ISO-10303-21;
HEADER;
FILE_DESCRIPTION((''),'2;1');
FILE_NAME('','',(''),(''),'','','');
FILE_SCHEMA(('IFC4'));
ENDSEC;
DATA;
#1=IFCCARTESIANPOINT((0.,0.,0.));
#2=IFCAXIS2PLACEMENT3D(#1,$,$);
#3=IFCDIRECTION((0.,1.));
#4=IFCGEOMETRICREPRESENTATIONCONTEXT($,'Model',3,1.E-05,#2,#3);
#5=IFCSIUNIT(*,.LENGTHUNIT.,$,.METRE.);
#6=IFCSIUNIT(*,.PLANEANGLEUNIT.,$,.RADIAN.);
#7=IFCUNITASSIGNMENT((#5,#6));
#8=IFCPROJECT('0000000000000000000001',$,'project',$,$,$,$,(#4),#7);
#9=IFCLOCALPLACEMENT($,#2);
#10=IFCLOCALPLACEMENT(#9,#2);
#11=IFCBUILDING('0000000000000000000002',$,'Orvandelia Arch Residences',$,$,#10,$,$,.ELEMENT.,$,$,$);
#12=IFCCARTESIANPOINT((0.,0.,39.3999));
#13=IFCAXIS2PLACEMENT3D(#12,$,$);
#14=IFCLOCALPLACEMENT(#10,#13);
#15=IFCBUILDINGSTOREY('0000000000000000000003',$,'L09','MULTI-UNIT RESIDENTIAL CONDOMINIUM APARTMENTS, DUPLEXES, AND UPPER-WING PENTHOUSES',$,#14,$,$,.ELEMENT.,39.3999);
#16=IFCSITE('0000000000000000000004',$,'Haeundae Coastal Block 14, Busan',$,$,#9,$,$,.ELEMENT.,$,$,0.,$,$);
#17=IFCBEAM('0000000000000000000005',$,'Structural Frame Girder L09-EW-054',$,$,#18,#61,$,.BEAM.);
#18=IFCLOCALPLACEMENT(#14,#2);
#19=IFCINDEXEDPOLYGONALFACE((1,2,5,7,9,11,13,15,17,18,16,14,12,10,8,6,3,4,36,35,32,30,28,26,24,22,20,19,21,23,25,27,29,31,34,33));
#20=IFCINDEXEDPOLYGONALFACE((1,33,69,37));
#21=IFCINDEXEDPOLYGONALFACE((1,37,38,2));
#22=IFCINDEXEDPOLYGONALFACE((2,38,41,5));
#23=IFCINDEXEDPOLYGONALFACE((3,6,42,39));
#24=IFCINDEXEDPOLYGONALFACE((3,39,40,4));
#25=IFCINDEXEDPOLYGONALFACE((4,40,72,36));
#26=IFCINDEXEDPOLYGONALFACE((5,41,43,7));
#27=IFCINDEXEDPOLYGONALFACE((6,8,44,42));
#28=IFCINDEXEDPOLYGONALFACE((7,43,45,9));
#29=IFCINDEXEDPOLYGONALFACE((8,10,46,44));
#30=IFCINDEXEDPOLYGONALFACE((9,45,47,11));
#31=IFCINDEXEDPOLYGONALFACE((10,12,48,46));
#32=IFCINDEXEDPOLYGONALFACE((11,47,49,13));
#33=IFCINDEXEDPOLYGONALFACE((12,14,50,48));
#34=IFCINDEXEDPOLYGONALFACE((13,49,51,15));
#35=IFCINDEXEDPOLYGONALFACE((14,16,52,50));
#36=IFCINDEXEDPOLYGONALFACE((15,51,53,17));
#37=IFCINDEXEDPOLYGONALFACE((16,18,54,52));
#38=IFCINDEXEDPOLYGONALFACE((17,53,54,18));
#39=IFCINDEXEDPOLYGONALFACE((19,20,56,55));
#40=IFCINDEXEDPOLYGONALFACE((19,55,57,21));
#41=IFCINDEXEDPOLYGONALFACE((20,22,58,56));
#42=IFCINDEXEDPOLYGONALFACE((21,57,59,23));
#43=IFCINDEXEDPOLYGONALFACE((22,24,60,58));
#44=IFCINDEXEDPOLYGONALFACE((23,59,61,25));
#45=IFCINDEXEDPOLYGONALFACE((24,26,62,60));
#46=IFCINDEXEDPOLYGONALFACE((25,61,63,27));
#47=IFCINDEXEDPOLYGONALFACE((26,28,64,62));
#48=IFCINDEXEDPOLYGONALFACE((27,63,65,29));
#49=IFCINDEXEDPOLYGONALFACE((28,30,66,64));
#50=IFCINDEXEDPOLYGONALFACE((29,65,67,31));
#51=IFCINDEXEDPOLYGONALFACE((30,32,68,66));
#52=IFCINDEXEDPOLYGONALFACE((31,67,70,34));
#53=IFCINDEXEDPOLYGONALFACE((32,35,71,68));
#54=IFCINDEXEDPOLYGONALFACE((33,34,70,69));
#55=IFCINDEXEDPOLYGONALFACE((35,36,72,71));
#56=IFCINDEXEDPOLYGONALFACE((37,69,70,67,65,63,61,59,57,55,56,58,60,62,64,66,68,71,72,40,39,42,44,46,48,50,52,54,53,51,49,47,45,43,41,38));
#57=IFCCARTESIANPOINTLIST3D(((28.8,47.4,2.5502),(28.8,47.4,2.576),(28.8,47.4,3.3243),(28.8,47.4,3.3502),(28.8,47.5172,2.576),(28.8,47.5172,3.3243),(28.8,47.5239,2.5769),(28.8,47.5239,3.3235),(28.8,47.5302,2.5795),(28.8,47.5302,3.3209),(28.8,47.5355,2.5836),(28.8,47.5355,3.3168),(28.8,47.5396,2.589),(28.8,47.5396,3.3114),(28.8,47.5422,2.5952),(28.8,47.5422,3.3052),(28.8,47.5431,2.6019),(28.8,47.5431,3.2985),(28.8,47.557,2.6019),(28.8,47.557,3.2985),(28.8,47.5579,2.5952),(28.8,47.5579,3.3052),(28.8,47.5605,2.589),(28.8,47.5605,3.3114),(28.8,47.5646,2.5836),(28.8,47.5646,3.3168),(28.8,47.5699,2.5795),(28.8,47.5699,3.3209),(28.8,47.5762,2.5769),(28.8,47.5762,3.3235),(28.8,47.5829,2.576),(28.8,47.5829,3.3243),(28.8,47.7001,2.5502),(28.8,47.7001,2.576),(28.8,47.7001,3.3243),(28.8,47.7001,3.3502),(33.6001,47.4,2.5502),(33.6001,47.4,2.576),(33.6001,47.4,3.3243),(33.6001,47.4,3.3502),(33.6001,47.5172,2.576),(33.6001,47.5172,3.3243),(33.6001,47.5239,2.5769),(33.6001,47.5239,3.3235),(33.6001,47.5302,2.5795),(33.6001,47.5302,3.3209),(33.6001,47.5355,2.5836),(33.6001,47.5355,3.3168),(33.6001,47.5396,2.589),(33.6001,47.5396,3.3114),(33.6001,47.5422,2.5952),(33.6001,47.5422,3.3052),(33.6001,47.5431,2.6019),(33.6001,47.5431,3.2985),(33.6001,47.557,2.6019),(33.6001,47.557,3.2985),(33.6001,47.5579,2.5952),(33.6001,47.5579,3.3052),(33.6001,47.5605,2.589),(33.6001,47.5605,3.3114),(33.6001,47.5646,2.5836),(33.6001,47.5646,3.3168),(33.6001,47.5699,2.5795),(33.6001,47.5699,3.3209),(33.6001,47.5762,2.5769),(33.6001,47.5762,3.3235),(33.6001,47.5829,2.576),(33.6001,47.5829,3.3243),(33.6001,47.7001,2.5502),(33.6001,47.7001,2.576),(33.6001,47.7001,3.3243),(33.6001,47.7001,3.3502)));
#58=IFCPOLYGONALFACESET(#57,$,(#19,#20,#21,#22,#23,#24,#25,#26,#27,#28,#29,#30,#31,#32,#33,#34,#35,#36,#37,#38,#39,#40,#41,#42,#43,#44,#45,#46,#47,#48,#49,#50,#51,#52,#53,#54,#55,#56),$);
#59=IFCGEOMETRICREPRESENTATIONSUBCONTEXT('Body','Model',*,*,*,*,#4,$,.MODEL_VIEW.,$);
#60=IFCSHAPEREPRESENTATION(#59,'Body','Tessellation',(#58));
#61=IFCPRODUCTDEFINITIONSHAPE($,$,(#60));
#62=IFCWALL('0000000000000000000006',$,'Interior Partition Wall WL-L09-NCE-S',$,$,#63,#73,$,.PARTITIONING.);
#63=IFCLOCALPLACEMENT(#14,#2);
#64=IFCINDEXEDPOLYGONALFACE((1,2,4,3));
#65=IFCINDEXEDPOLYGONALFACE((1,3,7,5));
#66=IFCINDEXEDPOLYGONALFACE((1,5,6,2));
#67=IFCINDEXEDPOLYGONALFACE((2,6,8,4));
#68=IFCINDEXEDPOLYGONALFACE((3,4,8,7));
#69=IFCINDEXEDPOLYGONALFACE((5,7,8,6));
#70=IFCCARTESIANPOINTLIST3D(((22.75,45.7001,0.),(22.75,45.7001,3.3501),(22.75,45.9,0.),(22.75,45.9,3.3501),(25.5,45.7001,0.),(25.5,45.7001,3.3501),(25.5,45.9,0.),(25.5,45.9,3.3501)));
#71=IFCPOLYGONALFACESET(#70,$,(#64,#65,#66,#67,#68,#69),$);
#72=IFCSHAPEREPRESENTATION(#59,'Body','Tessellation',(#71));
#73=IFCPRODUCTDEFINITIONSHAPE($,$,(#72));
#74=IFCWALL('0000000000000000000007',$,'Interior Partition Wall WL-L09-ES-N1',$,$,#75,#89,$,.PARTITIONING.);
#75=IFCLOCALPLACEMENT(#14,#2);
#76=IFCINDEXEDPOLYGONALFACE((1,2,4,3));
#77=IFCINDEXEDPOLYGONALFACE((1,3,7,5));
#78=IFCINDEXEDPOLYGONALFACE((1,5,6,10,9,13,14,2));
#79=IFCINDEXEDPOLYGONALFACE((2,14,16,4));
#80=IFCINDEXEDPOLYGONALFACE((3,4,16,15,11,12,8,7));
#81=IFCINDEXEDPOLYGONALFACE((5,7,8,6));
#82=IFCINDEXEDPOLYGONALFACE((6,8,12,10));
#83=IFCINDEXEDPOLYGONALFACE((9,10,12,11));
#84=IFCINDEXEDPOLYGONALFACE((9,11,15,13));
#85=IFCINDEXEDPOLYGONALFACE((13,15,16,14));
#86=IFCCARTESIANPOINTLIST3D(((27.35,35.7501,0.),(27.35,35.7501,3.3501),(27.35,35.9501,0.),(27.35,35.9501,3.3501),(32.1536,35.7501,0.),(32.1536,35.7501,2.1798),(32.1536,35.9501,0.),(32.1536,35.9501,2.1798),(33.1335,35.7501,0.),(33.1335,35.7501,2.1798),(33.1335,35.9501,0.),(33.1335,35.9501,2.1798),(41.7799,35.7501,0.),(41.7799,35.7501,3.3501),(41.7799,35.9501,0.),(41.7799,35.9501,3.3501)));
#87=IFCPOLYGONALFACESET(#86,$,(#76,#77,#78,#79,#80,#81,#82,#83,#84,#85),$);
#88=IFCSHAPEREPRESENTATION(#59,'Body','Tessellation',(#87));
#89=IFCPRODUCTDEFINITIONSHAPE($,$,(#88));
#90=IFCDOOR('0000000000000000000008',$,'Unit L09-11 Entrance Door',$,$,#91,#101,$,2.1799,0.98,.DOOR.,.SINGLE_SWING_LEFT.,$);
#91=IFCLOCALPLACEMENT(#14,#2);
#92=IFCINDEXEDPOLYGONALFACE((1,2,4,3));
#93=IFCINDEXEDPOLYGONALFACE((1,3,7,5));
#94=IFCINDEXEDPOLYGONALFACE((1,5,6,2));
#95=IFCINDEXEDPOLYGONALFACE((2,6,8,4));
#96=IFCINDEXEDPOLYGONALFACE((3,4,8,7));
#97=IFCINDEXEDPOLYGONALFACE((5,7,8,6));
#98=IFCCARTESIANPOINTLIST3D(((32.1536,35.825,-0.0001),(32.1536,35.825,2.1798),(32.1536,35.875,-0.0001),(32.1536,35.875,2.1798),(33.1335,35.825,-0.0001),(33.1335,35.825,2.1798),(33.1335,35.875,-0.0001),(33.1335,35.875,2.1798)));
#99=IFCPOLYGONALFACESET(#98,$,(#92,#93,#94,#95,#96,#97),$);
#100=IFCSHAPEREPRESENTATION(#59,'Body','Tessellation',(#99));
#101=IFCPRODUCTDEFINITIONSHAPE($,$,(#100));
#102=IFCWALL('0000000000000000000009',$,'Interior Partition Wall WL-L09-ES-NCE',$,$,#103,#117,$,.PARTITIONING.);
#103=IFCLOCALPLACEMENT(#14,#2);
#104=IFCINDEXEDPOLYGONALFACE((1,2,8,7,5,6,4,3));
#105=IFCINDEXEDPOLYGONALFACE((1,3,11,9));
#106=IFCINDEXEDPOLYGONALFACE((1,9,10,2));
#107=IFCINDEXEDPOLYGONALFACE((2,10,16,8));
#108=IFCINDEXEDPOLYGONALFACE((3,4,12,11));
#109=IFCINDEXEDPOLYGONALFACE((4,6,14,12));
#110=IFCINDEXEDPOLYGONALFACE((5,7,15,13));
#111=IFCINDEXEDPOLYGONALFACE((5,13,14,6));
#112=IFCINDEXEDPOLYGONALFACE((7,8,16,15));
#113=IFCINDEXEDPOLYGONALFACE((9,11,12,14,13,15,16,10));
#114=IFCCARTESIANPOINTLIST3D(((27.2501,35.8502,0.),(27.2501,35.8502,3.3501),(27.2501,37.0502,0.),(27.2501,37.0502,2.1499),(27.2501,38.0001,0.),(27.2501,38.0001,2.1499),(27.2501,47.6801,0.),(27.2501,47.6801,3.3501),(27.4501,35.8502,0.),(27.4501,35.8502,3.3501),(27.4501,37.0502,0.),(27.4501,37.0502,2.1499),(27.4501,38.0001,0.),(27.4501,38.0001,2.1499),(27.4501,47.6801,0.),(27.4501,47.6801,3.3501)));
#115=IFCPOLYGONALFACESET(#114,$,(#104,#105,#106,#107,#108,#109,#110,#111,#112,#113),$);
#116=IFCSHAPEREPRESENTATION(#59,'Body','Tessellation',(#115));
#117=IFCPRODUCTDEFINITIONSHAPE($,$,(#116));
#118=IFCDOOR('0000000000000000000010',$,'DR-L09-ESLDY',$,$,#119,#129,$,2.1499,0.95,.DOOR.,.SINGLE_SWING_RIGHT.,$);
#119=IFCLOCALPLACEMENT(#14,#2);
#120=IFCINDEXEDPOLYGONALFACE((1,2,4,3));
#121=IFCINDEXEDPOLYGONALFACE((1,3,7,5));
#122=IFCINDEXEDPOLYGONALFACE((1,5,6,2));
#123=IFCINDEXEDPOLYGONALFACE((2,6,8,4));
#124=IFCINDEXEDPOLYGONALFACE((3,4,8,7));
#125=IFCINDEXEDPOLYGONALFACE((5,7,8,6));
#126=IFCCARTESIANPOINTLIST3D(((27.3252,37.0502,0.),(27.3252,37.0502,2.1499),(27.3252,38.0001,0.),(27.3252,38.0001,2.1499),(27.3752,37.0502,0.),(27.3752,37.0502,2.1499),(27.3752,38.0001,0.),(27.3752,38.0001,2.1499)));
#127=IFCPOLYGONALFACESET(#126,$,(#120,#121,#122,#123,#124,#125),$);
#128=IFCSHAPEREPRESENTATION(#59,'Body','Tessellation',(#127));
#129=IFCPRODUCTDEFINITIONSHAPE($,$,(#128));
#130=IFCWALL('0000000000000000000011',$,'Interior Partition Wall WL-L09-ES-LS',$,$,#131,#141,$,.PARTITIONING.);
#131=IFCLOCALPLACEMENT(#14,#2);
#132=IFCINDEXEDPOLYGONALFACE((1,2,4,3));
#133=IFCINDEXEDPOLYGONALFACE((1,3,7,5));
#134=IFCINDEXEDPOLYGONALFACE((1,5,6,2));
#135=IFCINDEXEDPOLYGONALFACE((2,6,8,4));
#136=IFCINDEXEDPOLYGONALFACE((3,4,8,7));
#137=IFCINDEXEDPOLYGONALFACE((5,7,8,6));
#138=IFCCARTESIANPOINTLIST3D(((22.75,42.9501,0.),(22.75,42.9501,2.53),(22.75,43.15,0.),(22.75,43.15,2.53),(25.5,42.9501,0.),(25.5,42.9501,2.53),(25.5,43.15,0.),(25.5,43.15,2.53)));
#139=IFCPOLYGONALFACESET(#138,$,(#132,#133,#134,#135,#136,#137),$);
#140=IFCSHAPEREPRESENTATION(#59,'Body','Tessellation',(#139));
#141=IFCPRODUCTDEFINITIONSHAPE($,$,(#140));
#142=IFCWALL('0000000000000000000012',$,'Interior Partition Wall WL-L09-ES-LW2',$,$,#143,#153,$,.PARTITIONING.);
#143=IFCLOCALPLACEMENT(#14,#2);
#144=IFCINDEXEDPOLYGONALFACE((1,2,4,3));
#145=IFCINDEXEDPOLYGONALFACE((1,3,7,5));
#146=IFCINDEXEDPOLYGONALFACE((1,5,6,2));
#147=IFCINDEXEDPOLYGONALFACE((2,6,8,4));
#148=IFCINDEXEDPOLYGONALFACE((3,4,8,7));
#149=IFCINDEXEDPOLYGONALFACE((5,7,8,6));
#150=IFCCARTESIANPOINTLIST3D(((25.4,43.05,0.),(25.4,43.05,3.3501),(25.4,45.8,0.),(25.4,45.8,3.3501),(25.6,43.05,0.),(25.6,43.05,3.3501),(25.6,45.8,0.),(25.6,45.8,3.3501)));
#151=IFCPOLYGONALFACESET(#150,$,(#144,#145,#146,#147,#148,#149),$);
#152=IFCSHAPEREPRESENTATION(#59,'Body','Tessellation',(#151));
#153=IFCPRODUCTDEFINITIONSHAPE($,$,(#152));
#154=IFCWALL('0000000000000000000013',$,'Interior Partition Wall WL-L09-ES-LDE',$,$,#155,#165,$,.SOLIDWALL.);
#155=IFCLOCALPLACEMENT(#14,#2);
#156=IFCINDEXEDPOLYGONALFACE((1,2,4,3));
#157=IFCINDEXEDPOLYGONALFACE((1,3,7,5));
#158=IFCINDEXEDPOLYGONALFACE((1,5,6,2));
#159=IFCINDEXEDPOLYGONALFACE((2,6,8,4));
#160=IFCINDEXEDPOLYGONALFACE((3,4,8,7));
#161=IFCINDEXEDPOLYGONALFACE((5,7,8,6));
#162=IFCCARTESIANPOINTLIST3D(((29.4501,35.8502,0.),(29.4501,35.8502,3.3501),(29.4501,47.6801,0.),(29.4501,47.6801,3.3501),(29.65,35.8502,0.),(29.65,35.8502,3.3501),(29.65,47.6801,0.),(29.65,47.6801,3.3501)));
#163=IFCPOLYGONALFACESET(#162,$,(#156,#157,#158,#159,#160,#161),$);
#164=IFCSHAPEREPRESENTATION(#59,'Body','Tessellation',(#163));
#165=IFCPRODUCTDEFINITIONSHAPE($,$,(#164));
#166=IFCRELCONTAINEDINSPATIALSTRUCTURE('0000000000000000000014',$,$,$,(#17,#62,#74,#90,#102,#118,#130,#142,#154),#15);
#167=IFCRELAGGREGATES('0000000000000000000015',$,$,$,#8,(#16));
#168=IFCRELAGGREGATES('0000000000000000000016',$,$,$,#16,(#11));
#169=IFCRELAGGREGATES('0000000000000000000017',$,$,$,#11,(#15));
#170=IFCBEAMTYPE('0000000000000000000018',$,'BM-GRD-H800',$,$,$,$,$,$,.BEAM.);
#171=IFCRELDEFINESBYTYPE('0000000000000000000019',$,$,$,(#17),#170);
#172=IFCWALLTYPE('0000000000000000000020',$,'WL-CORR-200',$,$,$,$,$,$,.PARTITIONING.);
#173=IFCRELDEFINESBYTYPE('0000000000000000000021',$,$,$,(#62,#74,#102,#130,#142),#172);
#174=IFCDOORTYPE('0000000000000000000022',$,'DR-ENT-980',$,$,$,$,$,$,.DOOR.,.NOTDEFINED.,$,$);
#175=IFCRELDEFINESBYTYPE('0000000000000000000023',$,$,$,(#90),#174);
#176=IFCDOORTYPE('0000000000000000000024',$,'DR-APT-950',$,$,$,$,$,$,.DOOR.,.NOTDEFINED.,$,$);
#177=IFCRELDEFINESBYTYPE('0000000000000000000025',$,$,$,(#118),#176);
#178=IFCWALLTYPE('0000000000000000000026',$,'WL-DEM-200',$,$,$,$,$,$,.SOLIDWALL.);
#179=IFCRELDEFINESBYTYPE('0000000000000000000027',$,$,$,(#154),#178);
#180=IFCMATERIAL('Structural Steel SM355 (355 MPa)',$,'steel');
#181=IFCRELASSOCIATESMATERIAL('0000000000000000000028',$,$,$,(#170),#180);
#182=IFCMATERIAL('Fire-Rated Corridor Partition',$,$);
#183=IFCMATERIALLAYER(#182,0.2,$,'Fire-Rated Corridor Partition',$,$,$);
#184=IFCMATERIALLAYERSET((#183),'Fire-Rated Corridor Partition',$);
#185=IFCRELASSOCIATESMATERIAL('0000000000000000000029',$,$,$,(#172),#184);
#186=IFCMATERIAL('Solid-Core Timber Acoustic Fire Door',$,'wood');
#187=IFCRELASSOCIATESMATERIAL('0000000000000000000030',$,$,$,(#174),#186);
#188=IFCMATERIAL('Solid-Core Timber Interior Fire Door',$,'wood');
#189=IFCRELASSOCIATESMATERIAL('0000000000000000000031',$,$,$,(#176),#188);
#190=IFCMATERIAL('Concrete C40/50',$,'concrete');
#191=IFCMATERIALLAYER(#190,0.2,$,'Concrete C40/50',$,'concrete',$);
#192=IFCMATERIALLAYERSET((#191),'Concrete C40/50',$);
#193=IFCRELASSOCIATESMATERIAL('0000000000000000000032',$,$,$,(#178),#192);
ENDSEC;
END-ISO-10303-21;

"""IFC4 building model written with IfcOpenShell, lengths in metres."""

from ifc_helpers import new_model, si_unit, direction, frame, frame_2d, origin, origin_2d, place, context, subcontext, project, spatial, rectangle, i_section, extrude, material, layer, layer_set, material_profile, profile_set, type_object, element, fill, save


model = new_model("IFC4")

# Units and contexts
model_context = context("Model", 3, precision=1e-05, world=origin(), true_north=direction((0.0, 1.0)))
body_context = subcontext(model_context, "Body", "Model", "MODEL_VIEW")
ifc_project = project(units=[si_unit("LENGTHUNIT", "METRE"), si_unit("PLANEANGLEUNIT", "RADIAN")], contexts=[model_context])

# Site, building, storey
site_placement = place(None, origin())
site = spatial("IfcSite", under=ifc_project, at=site_placement, Name="Haeundae Coastal Block 14, Busan", CompositionType="ELEMENT", RefElevation=0.0)
building_placement = place(site_placement, origin())
building = spatial("IfcBuilding", under=site, at=building_placement, Name="Orvandelia Arch Residences", CompositionType="ELEMENT")
storey_placement = place(building_placement, frame((0.0, 0.0, 39.3999)))
storey = spatial("IfcBuildingStorey", under=building, at=storey_placement, Name="L09", Description="MULTI-UNIT RESIDENTIAL CONDOMINIUM APARTMENTS, DUPLEXES, AND UPPER-WING PENTHOUSES", CompositionType="ELEMENT", Elevation=39.3999)

# Beam
ifc_material_1 = material(Name="Structural Steel SM355 (355 MPa)", Category="steel")
ifc_material_profile_1 = material_profile(ifc_material_1, i_section(OverallWidth=0.3, OverallDepth=0.8, WebThickness=0.0139, FlangeThickness=0.0259, FilletRadius=0.0259, at=origin_2d()), Name="Structural Steel SM355 (355 MPa)", Category="steel")
ifc_profile_set_1 = profile_set([ifc_material_profile_1], Name="Structural Steel SM355 (355 MPa)")
beam_type = type_object("IfcBeamType", Name="BM-GRD-H800", PredefinedType="BEAM", material=ifc_profile_set_1)
beam_1_placement = place(storey_placement, frame((28.8, 47.55, 2.9502), z_axis=(1.0, 0.0, 0.0), x_axis=(0.0, 1.0, 0.0)))
element("IfcBeam", 1, at=beam_1_placement, inside=storey, type_object=beam_type, Name="Structural Frame Girder L09-EW-054", PredefinedType="BEAM", context=body_context, shape_type="SweptSolid", body=[
    extrude(i_section(OverallWidth=0.3, OverallDepth=0.8, WebThickness=0.0139, FlangeThickness=0.0259, FilletRadius=0.0259, at=origin_2d()), origin(), (0.0, 0.0, 1.0), 4.8),
])

# Wall
ifc_material_2 = material(Name="Fire-Rated Corridor Partition")
ifc_layer_1 = layer(ifc_material_2, 0.2, Name="Fire-Rated Corridor Partition")
ifc_layer_set_1 = layer_set([ifc_layer_1], Name="Fire-Rated Corridor Partition")
wall_type_1 = type_object("IfcWallType", Name="WL-CORR-200", PredefinedType="PARTITIONING", material=ifc_layer_set_1)
wall_1_placement = place(storey_placement, frame((22.75, 45.8, 0.0), z_axis=(0.0, 0.0, 1.0), x_axis=(1.0, 0.0, 0.0)))
element("IfcWall", 2, at=wall_1_placement, inside=storey, type_object=wall_type_1, Name="Interior Partition Wall WL-L09-NCE-S", PredefinedType="PARTITIONING", context=body_context, shape_type="SweptSolid", body=[
    extrude(rectangle(XDim=2.75, YDim=0.2, at=frame_2d((1.375, 0.0))), origin(), (0.0, 0.0, 1.0), 3.3501),
])

# Walls, openings, doors
wall_2_placement = place(storey_placement, frame((27.3501, 35.8501, 0.0), z_axis=(0.0, 0.0, 1.0), x_axis=(1.0, 0.0, 0.0)))
wall_2 = element("IfcWall", 3, at=wall_2_placement, inside=storey, type_object=wall_type_1, Name="Interior Partition Wall WL-L09-ES-N1", PredefinedType="PARTITIONING", context=body_context, shape_type="SweptSolid", body=[
    extrude(rectangle(XDim=14.4299, YDim=0.2, at=frame_2d((7.2148, 0.0))), origin(), (0.0, 0.0, 1.0), 3.3501),
])
opening_1_placement = place(wall_2_placement, frame((4.8035, 0.0, 0.0)))
opening_1 = element("IfcOpeningElement", 4, at=opening_1_placement, cuts=wall_2, PredefinedType="OPENING", context=body_context, shape_type="SweptSolid", body=[
    extrude(rectangle(XDim=0.98, YDim=2.1799, at=frame_2d((0.49, 1.0898))), frame((0.0, 0.1099, 0.0), z_axis=(0.0, -1.0, 0.0), x_axis=(1.0, 0.0, 0.0)), (0.0, 0.0, 1.0), 0.22),
])
ifc_material_3 = material(Name="Solid-Core Timber Acoustic Fire Door", Category="wood")
door_type_1 = type_object("IfcDoorType", Name="DR-ENT-980", OperationType="NOTDEFINED", PredefinedType="DOOR", material=ifc_material_3)
door_1_placement = place(opening_1_placement, origin())
door_1 = element("IfcDoor", 5, at=door_1_placement, inside=storey, type_object=door_type_1, Name="Unit L09-11 Entrance Door", OperationType="SINGLE_SWING_LEFT", OverallHeight=2.1799, OverallWidth=0.98, PredefinedType="DOOR", context=body_context, shape_type="SweptSolid", body=[
    extrude(rectangle(XDim=0.98, YDim=2.1799, at=frame_2d((0.49, 1.0898))), frame((0.0, 0.0249, 0.0), z_axis=(0.0, -1.0, 0.0), x_axis=(1.0, 0.0, 0.0)), (0.0, 0.0, 1.0), 0.05),
])
fill(opening_1, door_1)
wall_3_placement = place(storey_placement, frame((27.3501, 35.8501, 0.0), z_axis=(0.0, 0.0, 1.0), x_axis=(0.0, 1.0, 0.0)))
wall_3 = element("IfcWall", 6, at=wall_3_placement, inside=storey, type_object=wall_type_1, Name="Interior Partition Wall WL-L09-ES-NCE", PredefinedType="PARTITIONING", context=body_context, shape_type="SweptSolid", body=[
    extrude(rectangle(XDim=11.8298, YDim=0.2, at=frame_2d((5.915, 0.0))), origin(), (0.0, 0.0, 1.0), 3.3501),
])
opening_2_placement = place(wall_3_placement, frame((1.2, 0.0, 0.0)))
opening_2 = element("IfcOpeningElement", 7, at=opening_2_placement, cuts=wall_3, PredefinedType="OPENING", context=body_context, shape_type="SweptSolid", body=[
    extrude(rectangle(XDim=0.95, YDim=2.1499, at=frame_2d((0.4751, 1.075))), frame((0.0, 0.1099, 0.0), z_axis=(0.0, -1.0, 0.0), x_axis=(1.0, 0.0, 0.0)), (0.0, 0.0, 1.0), 0.22),
])
ifc_material_4 = material(Name="Solid-Core Timber Interior Fire Door", Category="wood")
door_type_2 = type_object("IfcDoorType", Name="DR-APT-950", OperationType="NOTDEFINED", PredefinedType="DOOR", material=ifc_material_4)
door_2_placement = place(opening_2_placement, origin())
door_2 = element("IfcDoor", 8, at=door_2_placement, inside=storey, type_object=door_type_2, Name="DR-L09-ESLDY", OperationType="SINGLE_SWING_RIGHT", OverallHeight=2.1499, OverallWidth=0.95, PredefinedType="DOOR", context=body_context, shape_type="SweptSolid", body=[
    extrude(rectangle(XDim=0.95, YDim=2.1499, at=frame_2d((0.4751, 1.075))), frame((0.0, 0.0249, 0.0), z_axis=(0.0, -1.0, 0.0), x_axis=(1.0, 0.0, 0.0)), (0.0, 0.0, 1.0), 0.05),
])
fill(opening_2, door_2)

# Walls
wall_4_placement = place(storey_placement, frame((22.75, 43.05, 0.0), z_axis=(0.0, 0.0, 1.0), x_axis=(1.0, 0.0, 0.0)))
element("IfcWall", 9, at=wall_4_placement, inside=storey, type_object=wall_type_1, Name="Interior Partition Wall WL-L09-ES-LS", PredefinedType="PARTITIONING", context=body_context, shape_type="SweptSolid", body=[
    extrude(rectangle(XDim=2.75, YDim=0.2, at=frame_2d((1.375, 0.0))), origin(), (0.0, 0.0, 1.0), 2.53),
])
wall_5_placement = place(storey_placement, frame((25.5, 43.05, 0.0), z_axis=(0.0, 0.0, 1.0), x_axis=(0.0, 1.0, 0.0)))
element("IfcWall", 10, at=wall_5_placement, inside=storey, type_object=wall_type_1, Name="Interior Partition Wall WL-L09-ES-LW2", PredefinedType="PARTITIONING", context=body_context, shape_type="SweptSolid", body=[
    extrude(rectangle(XDim=2.75, YDim=0.2, at=frame_2d((1.375, 0.0))), origin(), (0.0, 0.0, 1.0), 3.3501),
])
ifc_material_5 = material(Name="Concrete C40/50", Category="concrete")
ifc_layer_2 = layer(ifc_material_5, 0.2, Name="Concrete C40/50", Category="concrete")
ifc_layer_set_2 = layer_set([ifc_layer_2], Name="Concrete C40/50")
wall_type_2 = type_object("IfcWallType", Name="WL-DEM-200", PredefinedType="SOLIDWALL", material=ifc_layer_set_2)
wall_6_placement = place(storey_placement, frame((29.55, 35.8501, 0.0), z_axis=(0.0, 0.0, 1.0), x_axis=(0.0, 1.0, 0.0)))
element("IfcWall", 11, at=wall_6_placement, inside=storey, type_object=wall_type_2, Name="Interior Partition Wall WL-L09-ES-LDE", PredefinedType="SOLIDWALL", context=body_context, shape_type="SweptSolid", body=[
    extrude(rectangle(XDim=11.8298, YDim=0.2, at=frame_2d((5.915, 0.0))), origin(), (0.0, 0.0, 1.0), 3.3501),
])

save(model, "model.ifc")
